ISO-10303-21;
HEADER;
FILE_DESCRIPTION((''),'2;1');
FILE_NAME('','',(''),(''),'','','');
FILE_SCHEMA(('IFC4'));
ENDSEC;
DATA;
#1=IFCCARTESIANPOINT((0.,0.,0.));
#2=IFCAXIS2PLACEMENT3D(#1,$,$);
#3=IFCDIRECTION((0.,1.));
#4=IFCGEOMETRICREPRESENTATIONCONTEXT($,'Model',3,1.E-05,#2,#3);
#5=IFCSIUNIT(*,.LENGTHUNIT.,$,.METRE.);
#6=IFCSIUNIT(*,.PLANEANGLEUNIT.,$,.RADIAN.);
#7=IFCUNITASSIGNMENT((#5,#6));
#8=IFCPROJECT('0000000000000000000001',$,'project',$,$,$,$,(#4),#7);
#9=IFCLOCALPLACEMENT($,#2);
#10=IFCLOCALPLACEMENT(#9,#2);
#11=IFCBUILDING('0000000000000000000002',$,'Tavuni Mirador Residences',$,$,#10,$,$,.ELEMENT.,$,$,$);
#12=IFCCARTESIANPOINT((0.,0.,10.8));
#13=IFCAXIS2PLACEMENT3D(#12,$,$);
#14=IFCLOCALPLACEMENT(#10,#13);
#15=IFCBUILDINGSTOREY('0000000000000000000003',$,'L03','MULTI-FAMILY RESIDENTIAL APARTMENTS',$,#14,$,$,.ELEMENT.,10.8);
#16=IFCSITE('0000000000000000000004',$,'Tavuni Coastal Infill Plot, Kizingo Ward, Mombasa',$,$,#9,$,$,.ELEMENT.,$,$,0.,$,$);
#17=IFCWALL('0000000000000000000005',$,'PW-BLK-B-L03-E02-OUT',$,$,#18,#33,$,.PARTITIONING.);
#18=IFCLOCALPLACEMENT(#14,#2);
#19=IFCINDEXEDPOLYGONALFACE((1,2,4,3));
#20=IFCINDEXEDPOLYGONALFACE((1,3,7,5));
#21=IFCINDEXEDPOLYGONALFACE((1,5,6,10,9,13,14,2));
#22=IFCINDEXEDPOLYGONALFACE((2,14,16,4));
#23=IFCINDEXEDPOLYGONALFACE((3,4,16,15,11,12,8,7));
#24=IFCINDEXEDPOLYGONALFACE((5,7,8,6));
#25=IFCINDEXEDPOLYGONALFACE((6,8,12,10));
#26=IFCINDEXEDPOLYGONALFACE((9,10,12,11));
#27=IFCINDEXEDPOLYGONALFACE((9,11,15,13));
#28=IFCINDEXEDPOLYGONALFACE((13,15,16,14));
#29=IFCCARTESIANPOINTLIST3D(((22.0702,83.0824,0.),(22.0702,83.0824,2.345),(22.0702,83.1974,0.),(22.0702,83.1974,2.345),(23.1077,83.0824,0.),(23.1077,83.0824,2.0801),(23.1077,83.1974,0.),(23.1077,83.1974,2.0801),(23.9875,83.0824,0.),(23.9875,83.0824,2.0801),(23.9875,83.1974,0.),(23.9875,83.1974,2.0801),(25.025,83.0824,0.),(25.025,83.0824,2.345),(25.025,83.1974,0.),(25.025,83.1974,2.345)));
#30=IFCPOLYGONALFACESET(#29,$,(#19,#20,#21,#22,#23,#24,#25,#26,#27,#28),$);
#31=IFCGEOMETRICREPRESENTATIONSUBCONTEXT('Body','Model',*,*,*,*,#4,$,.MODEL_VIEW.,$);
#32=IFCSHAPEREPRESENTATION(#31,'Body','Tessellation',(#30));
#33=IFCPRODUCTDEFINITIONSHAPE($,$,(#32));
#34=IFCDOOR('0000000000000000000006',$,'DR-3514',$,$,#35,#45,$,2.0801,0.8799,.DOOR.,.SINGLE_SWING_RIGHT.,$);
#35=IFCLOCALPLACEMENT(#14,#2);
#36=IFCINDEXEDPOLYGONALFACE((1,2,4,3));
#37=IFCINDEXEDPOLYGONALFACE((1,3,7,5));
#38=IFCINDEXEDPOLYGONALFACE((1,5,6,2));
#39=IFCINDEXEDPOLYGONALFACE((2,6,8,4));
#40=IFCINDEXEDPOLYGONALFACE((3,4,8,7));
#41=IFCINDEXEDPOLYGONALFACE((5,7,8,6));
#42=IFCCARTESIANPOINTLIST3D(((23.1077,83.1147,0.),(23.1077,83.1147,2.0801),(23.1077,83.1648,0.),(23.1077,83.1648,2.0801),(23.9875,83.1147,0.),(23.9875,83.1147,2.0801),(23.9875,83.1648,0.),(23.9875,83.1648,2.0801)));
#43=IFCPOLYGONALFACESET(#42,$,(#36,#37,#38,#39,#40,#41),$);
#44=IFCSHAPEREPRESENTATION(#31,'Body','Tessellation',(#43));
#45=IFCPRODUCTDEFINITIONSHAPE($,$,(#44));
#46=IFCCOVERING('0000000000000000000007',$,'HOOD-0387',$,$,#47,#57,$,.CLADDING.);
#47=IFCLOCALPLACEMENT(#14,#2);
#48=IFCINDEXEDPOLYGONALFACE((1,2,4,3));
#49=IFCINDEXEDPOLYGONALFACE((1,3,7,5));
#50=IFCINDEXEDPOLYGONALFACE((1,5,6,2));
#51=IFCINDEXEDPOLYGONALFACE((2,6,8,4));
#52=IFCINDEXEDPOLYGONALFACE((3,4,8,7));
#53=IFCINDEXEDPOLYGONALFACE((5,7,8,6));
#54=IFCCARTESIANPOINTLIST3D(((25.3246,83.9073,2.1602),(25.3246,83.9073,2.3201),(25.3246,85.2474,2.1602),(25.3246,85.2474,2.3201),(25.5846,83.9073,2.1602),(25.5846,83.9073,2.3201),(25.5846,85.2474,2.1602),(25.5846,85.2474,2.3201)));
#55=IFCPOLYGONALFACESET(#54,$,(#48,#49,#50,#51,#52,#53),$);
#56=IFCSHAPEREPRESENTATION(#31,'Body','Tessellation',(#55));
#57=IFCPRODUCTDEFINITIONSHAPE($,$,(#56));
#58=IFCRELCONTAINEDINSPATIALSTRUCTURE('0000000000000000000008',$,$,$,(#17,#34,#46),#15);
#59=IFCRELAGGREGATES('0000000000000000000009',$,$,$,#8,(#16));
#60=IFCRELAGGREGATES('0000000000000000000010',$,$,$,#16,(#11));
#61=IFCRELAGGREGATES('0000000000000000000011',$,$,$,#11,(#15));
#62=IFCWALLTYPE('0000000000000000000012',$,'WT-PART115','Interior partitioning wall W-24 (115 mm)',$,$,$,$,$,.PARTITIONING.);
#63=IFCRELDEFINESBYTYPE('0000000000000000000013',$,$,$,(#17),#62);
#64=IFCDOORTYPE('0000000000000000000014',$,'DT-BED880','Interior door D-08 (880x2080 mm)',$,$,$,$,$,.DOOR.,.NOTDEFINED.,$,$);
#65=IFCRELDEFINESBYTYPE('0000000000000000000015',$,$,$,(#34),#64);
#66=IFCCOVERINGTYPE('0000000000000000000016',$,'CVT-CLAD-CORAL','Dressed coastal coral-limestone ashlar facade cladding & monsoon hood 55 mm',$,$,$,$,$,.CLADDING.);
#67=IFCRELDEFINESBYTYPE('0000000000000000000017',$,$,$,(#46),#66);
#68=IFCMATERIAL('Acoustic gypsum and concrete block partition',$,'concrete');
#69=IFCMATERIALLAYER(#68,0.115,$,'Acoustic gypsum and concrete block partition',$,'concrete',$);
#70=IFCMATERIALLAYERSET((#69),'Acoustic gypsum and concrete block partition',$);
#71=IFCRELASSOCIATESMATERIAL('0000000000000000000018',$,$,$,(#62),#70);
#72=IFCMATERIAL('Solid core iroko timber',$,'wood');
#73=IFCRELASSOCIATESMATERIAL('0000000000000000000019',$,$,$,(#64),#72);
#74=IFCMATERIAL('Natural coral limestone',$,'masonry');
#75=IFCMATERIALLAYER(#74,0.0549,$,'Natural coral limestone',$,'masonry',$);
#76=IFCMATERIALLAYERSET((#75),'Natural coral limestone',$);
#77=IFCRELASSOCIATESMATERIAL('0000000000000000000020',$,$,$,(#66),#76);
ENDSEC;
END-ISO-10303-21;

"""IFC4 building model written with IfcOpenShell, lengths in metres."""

from ifc_helpers import new_model, si_unit, direction, frame, frame_2d, origin, origin_2d, place, context, subcontext, project, spatial, rectangle, extrude, material, layer, layer_set, type_object, element, fill, save


model = new_model("IFC4")

# Units and contexts
model_context = context("Model", 3, precision=1e-05, world=origin(), true_north=direction((0.0, 1.0)))
body_context = subcontext(model_context, "Body", "Model", "MODEL_VIEW")
ifc_project = project(units=[si_unit("LENGTHUNIT", "METRE"), si_unit("PLANEANGLEUNIT", "RADIAN")], contexts=[model_context])

# Site, building, storey
site_placement = place(None, origin())
site = spatial("IfcSite", under=ifc_project, at=site_placement, Name="Tavuni Coastal Infill Plot, Kizingo Ward, Mombasa", CompositionType="ELEMENT", RefElevation=0.0)
building_placement = place(site_placement, origin())
building = spatial("IfcBuilding", under=site, at=building_placement, Name="Tavuni Mirador Residences", CompositionType="ELEMENT")
storey_placement = place(building_placement, frame((0.0, 0.0, 10.8)))
storey = spatial("IfcBuildingStorey", under=building, at=storey_placement, Name="L03", Description="MULTI-FAMILY RESIDENTIAL APARTMENTS", CompositionType="ELEMENT", Elevation=10.8)

# Wall, opening, door
ifc_material_1 = material(Name="Acoustic gypsum and concrete block partition", Category="concrete")
ifc_material_2 = material(Name="Solid core iroko timber", Category="wood")
ifc_layer_1 = layer(ifc_material_1, 0.115, Name="Acoustic gypsum and concrete block partition", Category="concrete")
ifc_layer_set_1 = layer_set([ifc_layer_1], Name="Acoustic gypsum and concrete block partition")
wall_type_1 = type_object("IfcWallType", Name="WT-PART115", Description="Interior partitioning wall W-24 (115 mm)", PredefinedType="PARTITIONING", material=ifc_layer_set_1)
wall_1_placement = place(storey_placement, frame((22.0701, 83.1399, 0.0), z_axis=(0.0, 0.0, 1.0), x_axis=(1.0, 0.0, 0.0)))
wall_1 = element("IfcWall", 1, at=wall_1_placement, inside=storey, type_object=wall_type_1, Name="PW-BLK-B-L03-E02-OUT", PredefinedType="PARTITIONING", context=body_context, shape_type="SweptSolid", body=[
    extrude(rectangle(XDim=2.9548, YDim=0.115, at=frame_2d((1.4775, 0.0))), origin(), (0.0, 0.0, 1.0), 2.345),
])
opening_1_placement = place(wall_1_placement, frame((1.0376, 0.0, 0.0)))
opening_1 = element("IfcOpeningElement", 2, at=opening_1_placement, cuts=wall_1, PredefinedType="OPENING", context=body_context, shape_type="SweptSolid", body=[
    extrude(rectangle(XDim=0.8799, YDim=2.0801, at=frame_2d((0.4399, 1.04))), frame((0.0, 0.0674, 0.0), z_axis=(0.0, -1.0, 0.0), x_axis=(1.0, 0.0, 0.0)), (0.0, 0.0, 1.0), 0.135),
])
door_type_1 = type_object("IfcDoorType", Name="DT-BED880", Description="Interior door D-08 (880x2080 mm)", OperationType="NOTDEFINED", PredefinedType="DOOR", material=ifc_material_2)
door_1_placement = place(opening_1_placement, origin())
door_1 = element("IfcDoor", 3, at=door_1_placement, inside=storey, type_object=door_type_1, Name="DR-3514", OperationType="SINGLE_SWING_RIGHT", OverallHeight=2.0801, OverallWidth=0.8799, PredefinedType="DOOR", context=body_context, shape_type="SweptSolid", body=[
    extrude(rectangle(XDim=0.8799, YDim=2.0801, at=frame_2d((0.4399, 1.04))), frame((0.0, 0.0249, 0.0), z_axis=(0.0, -1.0, 0.0), x_axis=(1.0, 0.0, 0.0)), (0.0, 0.0, 1.0), 0.05),
])
fill(opening_1, door_1)

# Covering
ifc_material_3 = material(Name="Natural coral limestone", Category="masonry")
ifc_layer_2 = layer(ifc_material_3, 0.0549, Name="Natural coral limestone", Category="masonry")
ifc_layer_set_2 = layer_set([ifc_layer_2], Name="Natural coral limestone")
covering_type = type_object("IfcCoveringType", Name="CVT-CLAD-CORAL", Description="Dressed coastal coral-limestone ashlar facade cladding & monsoon hood 55 mm", PredefinedType="CLADDING", material=ifc_layer_set_2)
covering_placement = place(storey_placement, frame((25.4546, 84.5774, 2.1602), z_axis=(0.0, 0.0, 1.0), x_axis=(0.0, 1.0, 0.0)))
element("IfcCovering", 4, at=covering_placement, inside=storey, type_object=covering_type, Name="HOOD-0387", PredefinedType="CLADDING", context=body_context, shape_type="SweptSolid", body=[
    extrude(rectangle(XDim=1.3401, YDim=0.26, at=origin_2d()), origin(), (0.0, 0.0, 1.0), 0.1599),
])

save(model, "model.ifc")
